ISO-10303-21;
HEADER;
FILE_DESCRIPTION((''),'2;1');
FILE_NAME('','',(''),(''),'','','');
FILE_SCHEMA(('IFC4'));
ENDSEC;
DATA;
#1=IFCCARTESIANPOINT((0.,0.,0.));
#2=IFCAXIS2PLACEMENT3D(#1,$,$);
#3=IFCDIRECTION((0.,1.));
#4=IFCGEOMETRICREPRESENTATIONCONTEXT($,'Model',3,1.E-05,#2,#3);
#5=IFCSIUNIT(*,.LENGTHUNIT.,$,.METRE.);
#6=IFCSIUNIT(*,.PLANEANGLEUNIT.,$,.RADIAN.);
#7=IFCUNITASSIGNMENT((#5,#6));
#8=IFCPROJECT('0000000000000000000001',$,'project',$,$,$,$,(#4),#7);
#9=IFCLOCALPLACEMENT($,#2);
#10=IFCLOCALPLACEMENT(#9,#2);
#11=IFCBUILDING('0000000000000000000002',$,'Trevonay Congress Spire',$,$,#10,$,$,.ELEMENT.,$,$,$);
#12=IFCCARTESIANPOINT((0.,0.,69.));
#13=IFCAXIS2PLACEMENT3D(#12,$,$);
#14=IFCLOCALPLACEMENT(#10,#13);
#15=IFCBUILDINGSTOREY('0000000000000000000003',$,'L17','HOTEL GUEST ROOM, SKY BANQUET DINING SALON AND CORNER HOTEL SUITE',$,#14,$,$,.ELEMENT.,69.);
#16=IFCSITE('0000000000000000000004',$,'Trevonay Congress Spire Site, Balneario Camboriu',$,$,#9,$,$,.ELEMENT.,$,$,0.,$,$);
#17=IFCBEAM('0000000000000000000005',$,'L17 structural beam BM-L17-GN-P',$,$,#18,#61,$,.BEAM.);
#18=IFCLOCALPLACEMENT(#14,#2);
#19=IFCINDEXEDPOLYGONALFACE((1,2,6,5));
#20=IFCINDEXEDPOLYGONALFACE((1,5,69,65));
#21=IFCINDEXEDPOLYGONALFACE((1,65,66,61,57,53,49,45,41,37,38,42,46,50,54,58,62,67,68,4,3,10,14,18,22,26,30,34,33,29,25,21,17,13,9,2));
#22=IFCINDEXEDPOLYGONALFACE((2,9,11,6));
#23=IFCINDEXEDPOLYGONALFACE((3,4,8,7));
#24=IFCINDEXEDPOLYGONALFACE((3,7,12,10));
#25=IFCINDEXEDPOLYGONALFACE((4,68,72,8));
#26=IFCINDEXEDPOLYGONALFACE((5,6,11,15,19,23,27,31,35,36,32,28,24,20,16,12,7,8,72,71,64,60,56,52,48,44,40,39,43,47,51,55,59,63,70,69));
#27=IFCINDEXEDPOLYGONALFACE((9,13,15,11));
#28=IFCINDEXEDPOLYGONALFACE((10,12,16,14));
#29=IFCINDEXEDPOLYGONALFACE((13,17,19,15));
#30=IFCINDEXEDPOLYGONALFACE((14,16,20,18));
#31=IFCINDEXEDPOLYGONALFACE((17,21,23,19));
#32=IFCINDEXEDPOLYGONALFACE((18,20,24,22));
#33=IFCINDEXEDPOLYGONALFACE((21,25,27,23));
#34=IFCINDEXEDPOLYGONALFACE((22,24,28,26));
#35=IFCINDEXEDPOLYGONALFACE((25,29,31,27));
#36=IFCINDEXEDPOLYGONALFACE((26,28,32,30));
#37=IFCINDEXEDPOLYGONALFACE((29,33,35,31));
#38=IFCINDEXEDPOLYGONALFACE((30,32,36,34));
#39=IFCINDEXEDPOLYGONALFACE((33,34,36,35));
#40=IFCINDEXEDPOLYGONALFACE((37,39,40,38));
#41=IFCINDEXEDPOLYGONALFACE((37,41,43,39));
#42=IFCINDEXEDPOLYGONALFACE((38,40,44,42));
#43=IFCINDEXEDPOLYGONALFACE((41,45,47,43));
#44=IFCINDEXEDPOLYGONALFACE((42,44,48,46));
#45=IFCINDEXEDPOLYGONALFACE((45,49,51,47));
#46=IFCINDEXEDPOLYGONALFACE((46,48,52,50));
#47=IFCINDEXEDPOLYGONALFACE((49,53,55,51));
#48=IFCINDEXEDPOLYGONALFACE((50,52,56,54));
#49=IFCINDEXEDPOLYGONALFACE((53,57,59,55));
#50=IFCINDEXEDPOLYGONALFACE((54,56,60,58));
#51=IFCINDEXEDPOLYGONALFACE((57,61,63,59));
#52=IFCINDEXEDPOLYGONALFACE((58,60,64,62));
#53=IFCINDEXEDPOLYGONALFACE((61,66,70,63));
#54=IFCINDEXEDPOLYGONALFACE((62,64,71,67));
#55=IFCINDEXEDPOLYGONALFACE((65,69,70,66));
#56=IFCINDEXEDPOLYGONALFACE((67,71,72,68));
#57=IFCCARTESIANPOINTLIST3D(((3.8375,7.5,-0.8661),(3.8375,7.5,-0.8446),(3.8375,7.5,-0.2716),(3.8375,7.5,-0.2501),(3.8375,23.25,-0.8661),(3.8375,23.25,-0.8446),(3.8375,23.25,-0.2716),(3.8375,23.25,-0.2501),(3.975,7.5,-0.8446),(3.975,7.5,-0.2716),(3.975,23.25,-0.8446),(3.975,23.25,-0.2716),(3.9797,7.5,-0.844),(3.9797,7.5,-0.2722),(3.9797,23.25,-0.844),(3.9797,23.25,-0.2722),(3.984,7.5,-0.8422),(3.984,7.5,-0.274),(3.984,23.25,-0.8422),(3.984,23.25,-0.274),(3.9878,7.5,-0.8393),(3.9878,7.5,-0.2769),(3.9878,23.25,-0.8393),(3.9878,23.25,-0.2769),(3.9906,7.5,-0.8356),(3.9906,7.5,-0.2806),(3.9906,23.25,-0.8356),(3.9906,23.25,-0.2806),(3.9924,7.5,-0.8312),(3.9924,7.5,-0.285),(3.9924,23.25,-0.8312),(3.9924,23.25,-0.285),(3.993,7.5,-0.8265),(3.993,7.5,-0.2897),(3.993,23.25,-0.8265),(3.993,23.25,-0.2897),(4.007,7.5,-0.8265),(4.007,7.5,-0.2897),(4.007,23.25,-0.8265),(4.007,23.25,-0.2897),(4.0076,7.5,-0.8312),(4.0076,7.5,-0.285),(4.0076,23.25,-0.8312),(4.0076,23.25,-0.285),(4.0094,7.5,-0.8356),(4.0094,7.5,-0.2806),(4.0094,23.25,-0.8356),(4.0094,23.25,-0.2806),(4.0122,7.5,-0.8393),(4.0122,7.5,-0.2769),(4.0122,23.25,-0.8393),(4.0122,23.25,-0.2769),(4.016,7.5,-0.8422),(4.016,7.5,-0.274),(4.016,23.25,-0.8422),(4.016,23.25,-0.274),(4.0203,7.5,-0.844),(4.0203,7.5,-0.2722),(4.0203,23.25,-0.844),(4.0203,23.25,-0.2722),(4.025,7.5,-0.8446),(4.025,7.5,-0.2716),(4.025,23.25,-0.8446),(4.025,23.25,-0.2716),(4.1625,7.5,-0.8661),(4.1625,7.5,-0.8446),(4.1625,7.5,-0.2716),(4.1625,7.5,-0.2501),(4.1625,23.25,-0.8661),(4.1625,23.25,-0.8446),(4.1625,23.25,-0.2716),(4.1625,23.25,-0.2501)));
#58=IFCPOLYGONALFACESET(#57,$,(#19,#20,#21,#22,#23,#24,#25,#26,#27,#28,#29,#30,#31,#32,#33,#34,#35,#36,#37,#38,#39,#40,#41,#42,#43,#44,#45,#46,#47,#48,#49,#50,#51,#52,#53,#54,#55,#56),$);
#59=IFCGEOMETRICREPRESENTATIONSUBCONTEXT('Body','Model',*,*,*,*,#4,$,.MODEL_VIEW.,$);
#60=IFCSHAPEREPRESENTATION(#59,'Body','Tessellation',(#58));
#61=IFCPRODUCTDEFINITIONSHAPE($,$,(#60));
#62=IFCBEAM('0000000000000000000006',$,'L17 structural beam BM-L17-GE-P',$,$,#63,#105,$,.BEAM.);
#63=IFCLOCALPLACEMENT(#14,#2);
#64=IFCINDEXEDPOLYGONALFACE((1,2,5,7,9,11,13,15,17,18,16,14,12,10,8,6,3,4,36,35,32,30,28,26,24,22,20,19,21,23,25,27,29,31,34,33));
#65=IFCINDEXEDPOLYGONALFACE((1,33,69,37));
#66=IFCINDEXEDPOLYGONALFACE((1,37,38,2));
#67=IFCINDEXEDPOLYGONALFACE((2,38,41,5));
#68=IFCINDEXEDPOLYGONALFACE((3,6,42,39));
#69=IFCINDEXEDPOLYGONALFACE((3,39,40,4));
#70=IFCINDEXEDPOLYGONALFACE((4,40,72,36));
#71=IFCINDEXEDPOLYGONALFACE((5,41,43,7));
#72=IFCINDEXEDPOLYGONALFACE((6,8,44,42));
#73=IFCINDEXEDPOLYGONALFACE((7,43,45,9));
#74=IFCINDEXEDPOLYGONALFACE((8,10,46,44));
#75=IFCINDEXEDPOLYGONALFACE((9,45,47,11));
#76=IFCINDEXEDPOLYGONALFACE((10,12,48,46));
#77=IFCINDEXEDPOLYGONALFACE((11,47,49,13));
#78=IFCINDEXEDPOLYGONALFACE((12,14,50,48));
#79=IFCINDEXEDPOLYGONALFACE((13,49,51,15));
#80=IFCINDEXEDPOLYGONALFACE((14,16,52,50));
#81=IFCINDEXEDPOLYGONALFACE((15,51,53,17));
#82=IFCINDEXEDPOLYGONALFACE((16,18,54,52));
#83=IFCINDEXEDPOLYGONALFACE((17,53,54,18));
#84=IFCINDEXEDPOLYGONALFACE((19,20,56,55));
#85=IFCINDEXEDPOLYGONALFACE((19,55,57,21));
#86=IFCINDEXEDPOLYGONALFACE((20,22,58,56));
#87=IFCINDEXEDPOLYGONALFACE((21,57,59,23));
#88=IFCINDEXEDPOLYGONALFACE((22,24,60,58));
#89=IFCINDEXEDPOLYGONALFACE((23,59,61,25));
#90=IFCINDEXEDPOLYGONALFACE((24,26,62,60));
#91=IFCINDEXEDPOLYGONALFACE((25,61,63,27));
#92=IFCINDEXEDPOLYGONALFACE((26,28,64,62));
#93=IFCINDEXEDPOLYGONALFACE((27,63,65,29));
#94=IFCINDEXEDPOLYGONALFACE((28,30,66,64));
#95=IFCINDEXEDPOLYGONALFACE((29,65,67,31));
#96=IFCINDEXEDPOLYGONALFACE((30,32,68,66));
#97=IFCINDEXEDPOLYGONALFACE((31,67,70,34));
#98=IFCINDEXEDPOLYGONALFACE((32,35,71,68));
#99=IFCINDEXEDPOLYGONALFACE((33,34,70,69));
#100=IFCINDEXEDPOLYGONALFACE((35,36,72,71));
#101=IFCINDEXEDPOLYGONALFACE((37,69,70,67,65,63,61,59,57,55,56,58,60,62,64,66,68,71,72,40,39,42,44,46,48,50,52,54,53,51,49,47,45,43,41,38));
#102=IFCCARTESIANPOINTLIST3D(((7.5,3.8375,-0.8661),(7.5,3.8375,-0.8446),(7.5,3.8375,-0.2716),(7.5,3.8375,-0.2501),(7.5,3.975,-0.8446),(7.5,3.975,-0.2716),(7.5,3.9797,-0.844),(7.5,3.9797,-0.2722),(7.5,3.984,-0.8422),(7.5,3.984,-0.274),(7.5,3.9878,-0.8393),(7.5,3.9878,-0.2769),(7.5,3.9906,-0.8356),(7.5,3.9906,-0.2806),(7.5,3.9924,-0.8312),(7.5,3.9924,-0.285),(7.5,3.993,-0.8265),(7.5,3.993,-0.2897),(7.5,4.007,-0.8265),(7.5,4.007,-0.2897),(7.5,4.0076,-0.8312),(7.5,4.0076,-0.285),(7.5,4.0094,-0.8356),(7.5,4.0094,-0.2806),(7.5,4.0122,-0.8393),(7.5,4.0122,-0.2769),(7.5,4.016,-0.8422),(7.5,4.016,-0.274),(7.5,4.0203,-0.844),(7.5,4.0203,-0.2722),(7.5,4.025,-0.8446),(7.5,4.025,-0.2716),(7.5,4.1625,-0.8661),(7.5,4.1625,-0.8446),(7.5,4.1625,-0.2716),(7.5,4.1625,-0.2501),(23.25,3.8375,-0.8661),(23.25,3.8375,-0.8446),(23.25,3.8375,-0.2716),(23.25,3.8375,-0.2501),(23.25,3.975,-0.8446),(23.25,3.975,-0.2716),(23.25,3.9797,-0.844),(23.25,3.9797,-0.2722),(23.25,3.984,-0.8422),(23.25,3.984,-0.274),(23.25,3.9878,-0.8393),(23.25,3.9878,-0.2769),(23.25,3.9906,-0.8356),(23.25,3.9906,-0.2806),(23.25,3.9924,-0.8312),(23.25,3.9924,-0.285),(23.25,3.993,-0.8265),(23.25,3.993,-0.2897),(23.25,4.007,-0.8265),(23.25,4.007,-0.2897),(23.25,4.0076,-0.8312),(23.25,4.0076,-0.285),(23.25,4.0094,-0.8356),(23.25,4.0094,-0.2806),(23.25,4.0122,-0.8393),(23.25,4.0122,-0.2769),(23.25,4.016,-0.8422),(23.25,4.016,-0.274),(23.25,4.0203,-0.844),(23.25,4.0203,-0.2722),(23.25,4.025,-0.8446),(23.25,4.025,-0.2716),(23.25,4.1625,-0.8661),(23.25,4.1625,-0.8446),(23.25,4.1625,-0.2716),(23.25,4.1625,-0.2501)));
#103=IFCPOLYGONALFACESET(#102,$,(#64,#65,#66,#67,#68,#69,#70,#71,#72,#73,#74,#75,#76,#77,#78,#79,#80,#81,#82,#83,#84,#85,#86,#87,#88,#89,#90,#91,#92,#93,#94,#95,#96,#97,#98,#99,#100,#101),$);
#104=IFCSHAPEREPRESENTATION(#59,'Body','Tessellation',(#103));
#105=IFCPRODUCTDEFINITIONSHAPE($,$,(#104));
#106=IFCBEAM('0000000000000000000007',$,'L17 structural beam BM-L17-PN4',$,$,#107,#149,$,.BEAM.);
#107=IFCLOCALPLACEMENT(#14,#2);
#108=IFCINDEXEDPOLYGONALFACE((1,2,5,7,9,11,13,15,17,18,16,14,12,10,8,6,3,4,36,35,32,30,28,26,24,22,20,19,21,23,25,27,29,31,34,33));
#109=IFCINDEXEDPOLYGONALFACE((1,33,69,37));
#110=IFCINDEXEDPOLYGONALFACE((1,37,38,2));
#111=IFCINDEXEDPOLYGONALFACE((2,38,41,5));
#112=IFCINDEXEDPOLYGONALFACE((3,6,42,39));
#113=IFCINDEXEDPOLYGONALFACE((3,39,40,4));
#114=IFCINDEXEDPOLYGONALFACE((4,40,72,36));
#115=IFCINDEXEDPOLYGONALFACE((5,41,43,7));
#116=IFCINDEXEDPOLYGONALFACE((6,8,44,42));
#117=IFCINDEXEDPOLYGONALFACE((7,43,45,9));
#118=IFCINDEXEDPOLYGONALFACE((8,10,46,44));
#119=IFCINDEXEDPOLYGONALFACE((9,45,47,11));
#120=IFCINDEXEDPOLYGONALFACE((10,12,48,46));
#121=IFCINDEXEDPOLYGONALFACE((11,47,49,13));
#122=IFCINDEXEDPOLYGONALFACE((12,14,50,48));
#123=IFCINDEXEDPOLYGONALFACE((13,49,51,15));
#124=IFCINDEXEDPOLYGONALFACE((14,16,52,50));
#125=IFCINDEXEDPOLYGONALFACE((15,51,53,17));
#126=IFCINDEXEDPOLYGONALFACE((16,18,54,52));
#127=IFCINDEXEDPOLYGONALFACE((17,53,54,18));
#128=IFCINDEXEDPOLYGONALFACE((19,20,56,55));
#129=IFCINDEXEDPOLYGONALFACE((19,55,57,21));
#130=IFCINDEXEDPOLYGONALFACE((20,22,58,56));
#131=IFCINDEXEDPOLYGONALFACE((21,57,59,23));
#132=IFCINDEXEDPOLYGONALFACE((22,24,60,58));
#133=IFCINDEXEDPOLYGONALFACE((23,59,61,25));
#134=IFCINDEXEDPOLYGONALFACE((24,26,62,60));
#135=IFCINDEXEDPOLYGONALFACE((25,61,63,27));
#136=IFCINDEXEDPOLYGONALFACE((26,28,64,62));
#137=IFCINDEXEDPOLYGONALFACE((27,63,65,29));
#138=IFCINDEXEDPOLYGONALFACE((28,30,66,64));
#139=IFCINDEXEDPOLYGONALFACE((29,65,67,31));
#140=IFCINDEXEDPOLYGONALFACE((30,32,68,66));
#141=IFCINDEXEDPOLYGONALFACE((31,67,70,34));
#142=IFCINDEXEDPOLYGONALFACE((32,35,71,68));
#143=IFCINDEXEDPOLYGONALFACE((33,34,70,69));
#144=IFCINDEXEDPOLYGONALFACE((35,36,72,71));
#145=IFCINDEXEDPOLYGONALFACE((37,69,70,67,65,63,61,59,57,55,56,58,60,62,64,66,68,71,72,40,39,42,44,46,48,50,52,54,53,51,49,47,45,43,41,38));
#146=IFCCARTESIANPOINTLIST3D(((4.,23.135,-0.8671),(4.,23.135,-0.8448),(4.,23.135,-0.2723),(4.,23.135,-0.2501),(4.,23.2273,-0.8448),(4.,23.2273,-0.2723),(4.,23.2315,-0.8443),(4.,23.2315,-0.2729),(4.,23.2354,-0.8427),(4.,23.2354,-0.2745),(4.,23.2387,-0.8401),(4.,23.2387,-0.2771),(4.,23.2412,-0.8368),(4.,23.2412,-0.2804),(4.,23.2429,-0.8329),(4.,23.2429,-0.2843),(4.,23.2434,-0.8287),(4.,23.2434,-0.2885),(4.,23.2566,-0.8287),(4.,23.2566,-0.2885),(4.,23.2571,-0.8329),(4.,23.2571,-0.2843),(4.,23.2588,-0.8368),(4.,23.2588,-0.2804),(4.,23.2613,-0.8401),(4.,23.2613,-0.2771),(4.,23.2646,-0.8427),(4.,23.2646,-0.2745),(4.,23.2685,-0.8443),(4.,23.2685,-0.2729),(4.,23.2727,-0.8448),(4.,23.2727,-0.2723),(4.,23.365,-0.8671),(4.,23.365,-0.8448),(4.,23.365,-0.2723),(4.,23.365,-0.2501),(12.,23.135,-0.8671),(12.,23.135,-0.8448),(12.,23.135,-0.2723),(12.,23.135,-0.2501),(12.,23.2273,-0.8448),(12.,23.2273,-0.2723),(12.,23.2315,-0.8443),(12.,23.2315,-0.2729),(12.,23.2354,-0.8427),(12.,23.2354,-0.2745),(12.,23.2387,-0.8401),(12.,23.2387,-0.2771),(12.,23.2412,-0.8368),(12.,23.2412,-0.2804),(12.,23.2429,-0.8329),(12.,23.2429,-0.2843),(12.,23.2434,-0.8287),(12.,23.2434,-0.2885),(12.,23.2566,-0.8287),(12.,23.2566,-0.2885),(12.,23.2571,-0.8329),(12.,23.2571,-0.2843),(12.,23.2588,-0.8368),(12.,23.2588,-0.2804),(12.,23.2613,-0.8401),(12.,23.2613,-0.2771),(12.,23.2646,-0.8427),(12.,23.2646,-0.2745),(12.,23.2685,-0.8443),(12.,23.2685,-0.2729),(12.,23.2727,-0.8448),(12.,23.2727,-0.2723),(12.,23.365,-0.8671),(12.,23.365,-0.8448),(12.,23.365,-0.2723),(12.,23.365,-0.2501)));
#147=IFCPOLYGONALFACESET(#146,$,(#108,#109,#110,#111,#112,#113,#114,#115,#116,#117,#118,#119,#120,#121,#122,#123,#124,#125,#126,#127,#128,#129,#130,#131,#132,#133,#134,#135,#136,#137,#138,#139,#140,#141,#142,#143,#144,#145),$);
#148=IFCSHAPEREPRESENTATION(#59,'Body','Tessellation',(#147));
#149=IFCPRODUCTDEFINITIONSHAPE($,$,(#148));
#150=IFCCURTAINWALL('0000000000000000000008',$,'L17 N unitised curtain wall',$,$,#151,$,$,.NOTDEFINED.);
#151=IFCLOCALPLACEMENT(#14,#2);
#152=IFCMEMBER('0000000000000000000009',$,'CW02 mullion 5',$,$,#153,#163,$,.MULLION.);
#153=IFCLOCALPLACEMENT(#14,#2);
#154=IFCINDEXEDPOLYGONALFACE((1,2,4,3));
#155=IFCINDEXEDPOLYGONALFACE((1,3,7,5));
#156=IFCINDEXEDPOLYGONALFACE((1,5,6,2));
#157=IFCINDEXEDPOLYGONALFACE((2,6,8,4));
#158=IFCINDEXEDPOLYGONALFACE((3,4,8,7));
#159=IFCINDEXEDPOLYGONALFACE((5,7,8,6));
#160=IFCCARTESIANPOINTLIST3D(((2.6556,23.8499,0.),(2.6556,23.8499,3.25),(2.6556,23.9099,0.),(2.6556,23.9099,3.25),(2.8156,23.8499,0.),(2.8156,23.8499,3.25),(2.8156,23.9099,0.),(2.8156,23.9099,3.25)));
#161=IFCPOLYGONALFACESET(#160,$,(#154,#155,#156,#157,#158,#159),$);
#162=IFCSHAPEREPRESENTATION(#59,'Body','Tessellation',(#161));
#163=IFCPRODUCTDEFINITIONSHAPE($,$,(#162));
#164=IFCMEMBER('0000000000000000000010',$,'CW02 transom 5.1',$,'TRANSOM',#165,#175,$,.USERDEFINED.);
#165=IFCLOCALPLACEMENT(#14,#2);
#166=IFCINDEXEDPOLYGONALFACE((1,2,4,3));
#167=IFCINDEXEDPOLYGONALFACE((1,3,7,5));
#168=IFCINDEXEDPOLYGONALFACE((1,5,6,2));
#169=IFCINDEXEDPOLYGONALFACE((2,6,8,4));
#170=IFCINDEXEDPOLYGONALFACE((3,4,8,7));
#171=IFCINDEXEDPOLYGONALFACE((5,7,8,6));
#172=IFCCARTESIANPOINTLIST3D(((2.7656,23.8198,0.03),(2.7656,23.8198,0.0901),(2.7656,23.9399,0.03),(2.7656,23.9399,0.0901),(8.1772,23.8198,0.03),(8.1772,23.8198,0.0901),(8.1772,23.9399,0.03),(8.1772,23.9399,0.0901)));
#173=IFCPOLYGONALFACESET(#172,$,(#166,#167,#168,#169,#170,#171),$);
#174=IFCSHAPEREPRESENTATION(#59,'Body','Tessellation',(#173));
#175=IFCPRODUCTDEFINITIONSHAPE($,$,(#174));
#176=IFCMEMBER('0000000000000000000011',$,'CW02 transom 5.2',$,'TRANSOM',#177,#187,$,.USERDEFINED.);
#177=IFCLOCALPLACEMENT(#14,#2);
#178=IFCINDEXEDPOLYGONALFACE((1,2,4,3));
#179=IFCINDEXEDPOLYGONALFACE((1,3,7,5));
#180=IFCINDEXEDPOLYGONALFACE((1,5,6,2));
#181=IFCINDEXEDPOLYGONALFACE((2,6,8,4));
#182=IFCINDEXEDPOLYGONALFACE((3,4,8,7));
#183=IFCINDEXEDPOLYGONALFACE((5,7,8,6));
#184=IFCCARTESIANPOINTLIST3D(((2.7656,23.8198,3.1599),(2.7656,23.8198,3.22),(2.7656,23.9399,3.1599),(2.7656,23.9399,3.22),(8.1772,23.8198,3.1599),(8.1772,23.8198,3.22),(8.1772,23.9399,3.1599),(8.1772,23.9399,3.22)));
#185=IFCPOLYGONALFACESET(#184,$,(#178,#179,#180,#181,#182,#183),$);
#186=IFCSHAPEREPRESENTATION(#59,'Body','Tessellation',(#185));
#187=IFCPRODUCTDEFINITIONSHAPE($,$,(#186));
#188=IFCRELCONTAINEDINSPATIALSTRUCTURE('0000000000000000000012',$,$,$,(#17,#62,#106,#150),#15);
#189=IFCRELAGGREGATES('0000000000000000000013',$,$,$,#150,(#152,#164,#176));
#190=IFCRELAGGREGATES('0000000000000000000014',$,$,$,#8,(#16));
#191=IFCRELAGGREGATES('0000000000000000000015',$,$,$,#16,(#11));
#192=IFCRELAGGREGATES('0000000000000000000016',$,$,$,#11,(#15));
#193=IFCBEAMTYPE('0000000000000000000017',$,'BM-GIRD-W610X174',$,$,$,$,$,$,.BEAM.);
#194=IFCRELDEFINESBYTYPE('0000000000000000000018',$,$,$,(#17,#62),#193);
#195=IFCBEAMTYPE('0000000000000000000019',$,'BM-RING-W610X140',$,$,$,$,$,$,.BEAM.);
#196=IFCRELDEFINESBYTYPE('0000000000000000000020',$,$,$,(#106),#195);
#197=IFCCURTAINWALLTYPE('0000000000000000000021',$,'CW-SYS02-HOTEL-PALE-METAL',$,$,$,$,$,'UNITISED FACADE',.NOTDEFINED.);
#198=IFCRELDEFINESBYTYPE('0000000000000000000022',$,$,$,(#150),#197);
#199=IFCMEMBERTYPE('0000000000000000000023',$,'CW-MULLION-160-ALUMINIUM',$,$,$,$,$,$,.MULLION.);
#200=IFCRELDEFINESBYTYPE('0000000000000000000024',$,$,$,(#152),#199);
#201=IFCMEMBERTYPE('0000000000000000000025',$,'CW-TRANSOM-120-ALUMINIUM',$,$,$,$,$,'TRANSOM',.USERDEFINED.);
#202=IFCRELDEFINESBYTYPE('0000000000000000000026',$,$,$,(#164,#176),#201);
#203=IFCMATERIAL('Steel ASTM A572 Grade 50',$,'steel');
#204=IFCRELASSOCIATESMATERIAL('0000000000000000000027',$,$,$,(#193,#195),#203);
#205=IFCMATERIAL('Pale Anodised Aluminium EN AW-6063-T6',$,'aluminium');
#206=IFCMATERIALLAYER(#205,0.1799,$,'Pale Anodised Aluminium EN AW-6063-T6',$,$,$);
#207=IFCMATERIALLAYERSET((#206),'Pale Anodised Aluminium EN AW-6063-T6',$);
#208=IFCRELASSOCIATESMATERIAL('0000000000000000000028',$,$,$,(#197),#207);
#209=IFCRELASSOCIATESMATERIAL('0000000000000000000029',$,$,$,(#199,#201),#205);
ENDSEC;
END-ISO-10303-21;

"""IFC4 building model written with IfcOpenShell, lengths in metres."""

from ifc_helpers import new_model, si_unit, direction, frame, origin, origin_2d, place, context, subcontext, project, spatial, rectangle, i_section, extrude, material, layer, layer_set, material_profile, profile_set, type_object, element, aggregate, save


model = new_model("IFC4")

# Units and contexts
model_context = context("Model", 3, precision=1e-05, world=origin(), true_north=direction((0.0, 1.0)))
body_context = subcontext(model_context, "Body", "Model", "MODEL_VIEW")
ifc_project = project(units=[si_unit("LENGTHUNIT", "METRE"), si_unit("PLANEANGLEUNIT", "RADIAN")], contexts=[model_context])

# Site, building, storey
site_placement = place(None, origin())
site = spatial("IfcSite", under=ifc_project, at=site_placement, Name="Trevonay Congress Spire Site, Balneario Camboriu", CompositionType="ELEMENT", RefElevation=0.0)
building_placement = place(site_placement, origin())
building = spatial("IfcBuilding", under=site, at=building_placement, Name="Trevonay Congress Spire", CompositionType="ELEMENT")
storey_placement = place(building_placement, frame((0.0, 0.0, 69.0)))
storey = spatial("IfcBuildingStorey", under=building, at=storey_placement, Name="L17", Description="HOTEL GUEST ROOM, SKY BANQUET DINING SALON AND CORNER HOTEL SUITE", CompositionType="ELEMENT", Elevation=69.0)

# Shared definitions
ifc_material_1 = material(Name="Steel ASTM A572 Grade 50", Category="steel")

# Beams
ifc_material_profile_1 = material_profile(ifc_material_1, i_section(OverallWidth=0.325, OverallDepth=0.616, WebThickness=0.0139, FlangeThickness=0.0215, FilletRadius=0.0181, at=origin_2d()), Name="W610x174")
ifc_profile_set_1 = profile_set([ifc_material_profile_1], Name="Steel ASTM A572 Grade 50")
beam_type_1 = type_object("IfcBeamType", Name="BM-GIRD-W610X174", PredefinedType="BEAM", material=ifc_profile_set_1)
for number, where, z_axis, x_axis, name in (
    (1, (4.0, 7.5, -0.5581), (0.0, 1.0, 0.0), (-1.0, 0.0, 0.0), "L17 structural beam BM-L17-GN-P"),
    (2, (7.5, 4.0, -0.5581), (1.0, 0.0, 0.0), (0.0, 1.0, 0.0), "L17 structural beam BM-L17-GE-P"),
):
    element("IfcBeam", number, at=place(storey_placement, frame(where, z_axis=z_axis, x_axis=x_axis)), inside=storey, type_object=beam_type_1, Name=name, PredefinedType="BEAM", context=body_context, shape_type="SweptSolid", body=[
        extrude(i_section(OverallWidth=0.325, OverallDepth=0.616, WebThickness=0.0139, FlangeThickness=0.0215, FilletRadius=0.0181, at=origin_2d()), origin(), (0.0, 0.0, 1.0), 15.75),
    ])
ifc_material_profile_2 = material_profile(ifc_material_1, i_section(OverallWidth=0.23, OverallDepth=0.6169, WebThickness=0.0132, FlangeThickness=0.0222, FilletRadius=0.0161, at=origin_2d()), Name="W610x140")
ifc_profile_set_2 = profile_set([ifc_material_profile_2], Name="Steel ASTM A572 Grade 50")
beam_type_2 = type_object("IfcBeamType", Name="BM-RING-W610X140", PredefinedType="BEAM", material=ifc_profile_set_2)
beam_1_placement = place(storey_placement, frame((4.0, 23.25, -0.5586), z_axis=(1.0, 0.0, 0.0), x_axis=(0.0, 1.0, 0.0)))
element("IfcBeam", 3, at=beam_1_placement, inside=storey, type_object=beam_type_2, Name="L17 structural beam BM-L17-PN4", PredefinedType="BEAM", context=body_context, shape_type="SweptSolid", body=[
    extrude(i_section(OverallWidth=0.23, OverallDepth=0.6169, WebThickness=0.0132, FlangeThickness=0.0222, FilletRadius=0.0161, at=origin_2d()), origin(), (0.0, 0.0, 1.0), 8.0),
])

# Curtain wall, members
ifc_material_2 = material(Name="Pale Anodised Aluminium EN AW-6063-T6", Category="aluminium")
ifc_layer_1 = layer(ifc_material_2, 0.1799, Name="Pale Anodised Aluminium EN AW-6063-T6")
ifc_layer_set_1 = layer_set([ifc_layer_1], Name="Pale Anodised Aluminium EN AW-6063-T6")
curtain_wall_type = type_object("IfcCurtainWallType", Name="CW-SYS02-HOTEL-PALE-METAL", ElementType="UNITISED FACADE", PredefinedType="NOTDEFINED", material=ifc_layer_set_1)
curtain_wall_placement = place(storey_placement, origin())
curtain_wall = element("IfcCurtainWall", 4, at=curtain_wall_placement, inside=storey, type_object=curtain_wall_type, Name="L17 N unitised curtain wall", PredefinedType="NOTDEFINED")
ifc_material_profile_3 = material_profile(ifc_material_2, rectangle(XDim=0.0601, YDim=0.1599, at=origin_2d()), Name="CW-MULLION-160-ALUMINIUM")
ifc_profile_set_3 = profile_set([ifc_material_profile_3], Name="Pale Anodised Aluminium EN AW-6063-T6")
member_type_1 = type_object("IfcMemberType", Name="CW-MULLION-160-ALUMINIUM", PredefinedType="MULLION", material=ifc_profile_set_3)
member_1_placement = place(storey_placement, frame((2.7356, 23.8799, 0.0), z_axis=(0.0, 0.0, 1.0), x_axis=(0.0, 1.0, 0.0)))
member_1 = element("IfcMember", 5, at=member_1_placement, type_object=member_type_1, Name="CW02 mullion 5", PredefinedType="MULLION", context=body_context, shape_type="SweptSolid", body=[
    extrude(rectangle(XDim=0.0601, YDim=0.1599, at=origin_2d()), origin(), (0.0, 0.0, 1.0), 3.25),
])
ifc_material_profile_4 = material_profile(ifc_material_2, rectangle(XDim=0.1201, YDim=0.0601, at=origin_2d()), Name="CW-TRANSOM-120-ALUMINIUM")
ifc_profile_set_4 = profile_set([ifc_material_profile_4], Name="Pale Anodised Aluminium EN AW-6063-T6")
member_type_2 = type_object("IfcMemberType", Name="CW-TRANSOM-120-ALUMINIUM", ElementType="TRANSOM", PredefinedType="USERDEFINED", material=ifc_profile_set_4)
member_2_placement = place(storey_placement, frame((2.7656, 23.8799, 0.0601), z_axis=(1.0, 0.0, 0.0), x_axis=(0.0, 1.0, 0.0)))
member_2 = element("IfcMember", 6, at=member_2_placement, type_object=member_type_2, Name="CW02 transom 5.1", ObjectType="TRANSOM", PredefinedType="USERDEFINED", context=body_context, shape_type="SweptSolid", body=[
    extrude(rectangle(XDim=0.1201, YDim=0.0601, at=origin_2d()), origin(), (0.0, 0.0, 1.0), 5.4116),
])
member_3_placement = place(storey_placement, frame((2.7656, 23.8799, 3.1899), z_axis=(1.0, 0.0, 0.0), x_axis=(0.0, 1.0, 0.0)))
member_3 = element("IfcMember", 7, at=member_3_placement, type_object=member_type_2, Name="CW02 transom 5.2", ObjectType="TRANSOM", PredefinedType="USERDEFINED", context=body_context, shape_type="SweptSolid", body=[
    extrude(rectangle(XDim=0.1201, YDim=0.0601, at=origin_2d()), origin(), (0.0, 0.0, 1.0), 5.4116),
])

aggregate(curtain_wall, [member_1, member_2, member_3])

save(model, "model.ifc")
